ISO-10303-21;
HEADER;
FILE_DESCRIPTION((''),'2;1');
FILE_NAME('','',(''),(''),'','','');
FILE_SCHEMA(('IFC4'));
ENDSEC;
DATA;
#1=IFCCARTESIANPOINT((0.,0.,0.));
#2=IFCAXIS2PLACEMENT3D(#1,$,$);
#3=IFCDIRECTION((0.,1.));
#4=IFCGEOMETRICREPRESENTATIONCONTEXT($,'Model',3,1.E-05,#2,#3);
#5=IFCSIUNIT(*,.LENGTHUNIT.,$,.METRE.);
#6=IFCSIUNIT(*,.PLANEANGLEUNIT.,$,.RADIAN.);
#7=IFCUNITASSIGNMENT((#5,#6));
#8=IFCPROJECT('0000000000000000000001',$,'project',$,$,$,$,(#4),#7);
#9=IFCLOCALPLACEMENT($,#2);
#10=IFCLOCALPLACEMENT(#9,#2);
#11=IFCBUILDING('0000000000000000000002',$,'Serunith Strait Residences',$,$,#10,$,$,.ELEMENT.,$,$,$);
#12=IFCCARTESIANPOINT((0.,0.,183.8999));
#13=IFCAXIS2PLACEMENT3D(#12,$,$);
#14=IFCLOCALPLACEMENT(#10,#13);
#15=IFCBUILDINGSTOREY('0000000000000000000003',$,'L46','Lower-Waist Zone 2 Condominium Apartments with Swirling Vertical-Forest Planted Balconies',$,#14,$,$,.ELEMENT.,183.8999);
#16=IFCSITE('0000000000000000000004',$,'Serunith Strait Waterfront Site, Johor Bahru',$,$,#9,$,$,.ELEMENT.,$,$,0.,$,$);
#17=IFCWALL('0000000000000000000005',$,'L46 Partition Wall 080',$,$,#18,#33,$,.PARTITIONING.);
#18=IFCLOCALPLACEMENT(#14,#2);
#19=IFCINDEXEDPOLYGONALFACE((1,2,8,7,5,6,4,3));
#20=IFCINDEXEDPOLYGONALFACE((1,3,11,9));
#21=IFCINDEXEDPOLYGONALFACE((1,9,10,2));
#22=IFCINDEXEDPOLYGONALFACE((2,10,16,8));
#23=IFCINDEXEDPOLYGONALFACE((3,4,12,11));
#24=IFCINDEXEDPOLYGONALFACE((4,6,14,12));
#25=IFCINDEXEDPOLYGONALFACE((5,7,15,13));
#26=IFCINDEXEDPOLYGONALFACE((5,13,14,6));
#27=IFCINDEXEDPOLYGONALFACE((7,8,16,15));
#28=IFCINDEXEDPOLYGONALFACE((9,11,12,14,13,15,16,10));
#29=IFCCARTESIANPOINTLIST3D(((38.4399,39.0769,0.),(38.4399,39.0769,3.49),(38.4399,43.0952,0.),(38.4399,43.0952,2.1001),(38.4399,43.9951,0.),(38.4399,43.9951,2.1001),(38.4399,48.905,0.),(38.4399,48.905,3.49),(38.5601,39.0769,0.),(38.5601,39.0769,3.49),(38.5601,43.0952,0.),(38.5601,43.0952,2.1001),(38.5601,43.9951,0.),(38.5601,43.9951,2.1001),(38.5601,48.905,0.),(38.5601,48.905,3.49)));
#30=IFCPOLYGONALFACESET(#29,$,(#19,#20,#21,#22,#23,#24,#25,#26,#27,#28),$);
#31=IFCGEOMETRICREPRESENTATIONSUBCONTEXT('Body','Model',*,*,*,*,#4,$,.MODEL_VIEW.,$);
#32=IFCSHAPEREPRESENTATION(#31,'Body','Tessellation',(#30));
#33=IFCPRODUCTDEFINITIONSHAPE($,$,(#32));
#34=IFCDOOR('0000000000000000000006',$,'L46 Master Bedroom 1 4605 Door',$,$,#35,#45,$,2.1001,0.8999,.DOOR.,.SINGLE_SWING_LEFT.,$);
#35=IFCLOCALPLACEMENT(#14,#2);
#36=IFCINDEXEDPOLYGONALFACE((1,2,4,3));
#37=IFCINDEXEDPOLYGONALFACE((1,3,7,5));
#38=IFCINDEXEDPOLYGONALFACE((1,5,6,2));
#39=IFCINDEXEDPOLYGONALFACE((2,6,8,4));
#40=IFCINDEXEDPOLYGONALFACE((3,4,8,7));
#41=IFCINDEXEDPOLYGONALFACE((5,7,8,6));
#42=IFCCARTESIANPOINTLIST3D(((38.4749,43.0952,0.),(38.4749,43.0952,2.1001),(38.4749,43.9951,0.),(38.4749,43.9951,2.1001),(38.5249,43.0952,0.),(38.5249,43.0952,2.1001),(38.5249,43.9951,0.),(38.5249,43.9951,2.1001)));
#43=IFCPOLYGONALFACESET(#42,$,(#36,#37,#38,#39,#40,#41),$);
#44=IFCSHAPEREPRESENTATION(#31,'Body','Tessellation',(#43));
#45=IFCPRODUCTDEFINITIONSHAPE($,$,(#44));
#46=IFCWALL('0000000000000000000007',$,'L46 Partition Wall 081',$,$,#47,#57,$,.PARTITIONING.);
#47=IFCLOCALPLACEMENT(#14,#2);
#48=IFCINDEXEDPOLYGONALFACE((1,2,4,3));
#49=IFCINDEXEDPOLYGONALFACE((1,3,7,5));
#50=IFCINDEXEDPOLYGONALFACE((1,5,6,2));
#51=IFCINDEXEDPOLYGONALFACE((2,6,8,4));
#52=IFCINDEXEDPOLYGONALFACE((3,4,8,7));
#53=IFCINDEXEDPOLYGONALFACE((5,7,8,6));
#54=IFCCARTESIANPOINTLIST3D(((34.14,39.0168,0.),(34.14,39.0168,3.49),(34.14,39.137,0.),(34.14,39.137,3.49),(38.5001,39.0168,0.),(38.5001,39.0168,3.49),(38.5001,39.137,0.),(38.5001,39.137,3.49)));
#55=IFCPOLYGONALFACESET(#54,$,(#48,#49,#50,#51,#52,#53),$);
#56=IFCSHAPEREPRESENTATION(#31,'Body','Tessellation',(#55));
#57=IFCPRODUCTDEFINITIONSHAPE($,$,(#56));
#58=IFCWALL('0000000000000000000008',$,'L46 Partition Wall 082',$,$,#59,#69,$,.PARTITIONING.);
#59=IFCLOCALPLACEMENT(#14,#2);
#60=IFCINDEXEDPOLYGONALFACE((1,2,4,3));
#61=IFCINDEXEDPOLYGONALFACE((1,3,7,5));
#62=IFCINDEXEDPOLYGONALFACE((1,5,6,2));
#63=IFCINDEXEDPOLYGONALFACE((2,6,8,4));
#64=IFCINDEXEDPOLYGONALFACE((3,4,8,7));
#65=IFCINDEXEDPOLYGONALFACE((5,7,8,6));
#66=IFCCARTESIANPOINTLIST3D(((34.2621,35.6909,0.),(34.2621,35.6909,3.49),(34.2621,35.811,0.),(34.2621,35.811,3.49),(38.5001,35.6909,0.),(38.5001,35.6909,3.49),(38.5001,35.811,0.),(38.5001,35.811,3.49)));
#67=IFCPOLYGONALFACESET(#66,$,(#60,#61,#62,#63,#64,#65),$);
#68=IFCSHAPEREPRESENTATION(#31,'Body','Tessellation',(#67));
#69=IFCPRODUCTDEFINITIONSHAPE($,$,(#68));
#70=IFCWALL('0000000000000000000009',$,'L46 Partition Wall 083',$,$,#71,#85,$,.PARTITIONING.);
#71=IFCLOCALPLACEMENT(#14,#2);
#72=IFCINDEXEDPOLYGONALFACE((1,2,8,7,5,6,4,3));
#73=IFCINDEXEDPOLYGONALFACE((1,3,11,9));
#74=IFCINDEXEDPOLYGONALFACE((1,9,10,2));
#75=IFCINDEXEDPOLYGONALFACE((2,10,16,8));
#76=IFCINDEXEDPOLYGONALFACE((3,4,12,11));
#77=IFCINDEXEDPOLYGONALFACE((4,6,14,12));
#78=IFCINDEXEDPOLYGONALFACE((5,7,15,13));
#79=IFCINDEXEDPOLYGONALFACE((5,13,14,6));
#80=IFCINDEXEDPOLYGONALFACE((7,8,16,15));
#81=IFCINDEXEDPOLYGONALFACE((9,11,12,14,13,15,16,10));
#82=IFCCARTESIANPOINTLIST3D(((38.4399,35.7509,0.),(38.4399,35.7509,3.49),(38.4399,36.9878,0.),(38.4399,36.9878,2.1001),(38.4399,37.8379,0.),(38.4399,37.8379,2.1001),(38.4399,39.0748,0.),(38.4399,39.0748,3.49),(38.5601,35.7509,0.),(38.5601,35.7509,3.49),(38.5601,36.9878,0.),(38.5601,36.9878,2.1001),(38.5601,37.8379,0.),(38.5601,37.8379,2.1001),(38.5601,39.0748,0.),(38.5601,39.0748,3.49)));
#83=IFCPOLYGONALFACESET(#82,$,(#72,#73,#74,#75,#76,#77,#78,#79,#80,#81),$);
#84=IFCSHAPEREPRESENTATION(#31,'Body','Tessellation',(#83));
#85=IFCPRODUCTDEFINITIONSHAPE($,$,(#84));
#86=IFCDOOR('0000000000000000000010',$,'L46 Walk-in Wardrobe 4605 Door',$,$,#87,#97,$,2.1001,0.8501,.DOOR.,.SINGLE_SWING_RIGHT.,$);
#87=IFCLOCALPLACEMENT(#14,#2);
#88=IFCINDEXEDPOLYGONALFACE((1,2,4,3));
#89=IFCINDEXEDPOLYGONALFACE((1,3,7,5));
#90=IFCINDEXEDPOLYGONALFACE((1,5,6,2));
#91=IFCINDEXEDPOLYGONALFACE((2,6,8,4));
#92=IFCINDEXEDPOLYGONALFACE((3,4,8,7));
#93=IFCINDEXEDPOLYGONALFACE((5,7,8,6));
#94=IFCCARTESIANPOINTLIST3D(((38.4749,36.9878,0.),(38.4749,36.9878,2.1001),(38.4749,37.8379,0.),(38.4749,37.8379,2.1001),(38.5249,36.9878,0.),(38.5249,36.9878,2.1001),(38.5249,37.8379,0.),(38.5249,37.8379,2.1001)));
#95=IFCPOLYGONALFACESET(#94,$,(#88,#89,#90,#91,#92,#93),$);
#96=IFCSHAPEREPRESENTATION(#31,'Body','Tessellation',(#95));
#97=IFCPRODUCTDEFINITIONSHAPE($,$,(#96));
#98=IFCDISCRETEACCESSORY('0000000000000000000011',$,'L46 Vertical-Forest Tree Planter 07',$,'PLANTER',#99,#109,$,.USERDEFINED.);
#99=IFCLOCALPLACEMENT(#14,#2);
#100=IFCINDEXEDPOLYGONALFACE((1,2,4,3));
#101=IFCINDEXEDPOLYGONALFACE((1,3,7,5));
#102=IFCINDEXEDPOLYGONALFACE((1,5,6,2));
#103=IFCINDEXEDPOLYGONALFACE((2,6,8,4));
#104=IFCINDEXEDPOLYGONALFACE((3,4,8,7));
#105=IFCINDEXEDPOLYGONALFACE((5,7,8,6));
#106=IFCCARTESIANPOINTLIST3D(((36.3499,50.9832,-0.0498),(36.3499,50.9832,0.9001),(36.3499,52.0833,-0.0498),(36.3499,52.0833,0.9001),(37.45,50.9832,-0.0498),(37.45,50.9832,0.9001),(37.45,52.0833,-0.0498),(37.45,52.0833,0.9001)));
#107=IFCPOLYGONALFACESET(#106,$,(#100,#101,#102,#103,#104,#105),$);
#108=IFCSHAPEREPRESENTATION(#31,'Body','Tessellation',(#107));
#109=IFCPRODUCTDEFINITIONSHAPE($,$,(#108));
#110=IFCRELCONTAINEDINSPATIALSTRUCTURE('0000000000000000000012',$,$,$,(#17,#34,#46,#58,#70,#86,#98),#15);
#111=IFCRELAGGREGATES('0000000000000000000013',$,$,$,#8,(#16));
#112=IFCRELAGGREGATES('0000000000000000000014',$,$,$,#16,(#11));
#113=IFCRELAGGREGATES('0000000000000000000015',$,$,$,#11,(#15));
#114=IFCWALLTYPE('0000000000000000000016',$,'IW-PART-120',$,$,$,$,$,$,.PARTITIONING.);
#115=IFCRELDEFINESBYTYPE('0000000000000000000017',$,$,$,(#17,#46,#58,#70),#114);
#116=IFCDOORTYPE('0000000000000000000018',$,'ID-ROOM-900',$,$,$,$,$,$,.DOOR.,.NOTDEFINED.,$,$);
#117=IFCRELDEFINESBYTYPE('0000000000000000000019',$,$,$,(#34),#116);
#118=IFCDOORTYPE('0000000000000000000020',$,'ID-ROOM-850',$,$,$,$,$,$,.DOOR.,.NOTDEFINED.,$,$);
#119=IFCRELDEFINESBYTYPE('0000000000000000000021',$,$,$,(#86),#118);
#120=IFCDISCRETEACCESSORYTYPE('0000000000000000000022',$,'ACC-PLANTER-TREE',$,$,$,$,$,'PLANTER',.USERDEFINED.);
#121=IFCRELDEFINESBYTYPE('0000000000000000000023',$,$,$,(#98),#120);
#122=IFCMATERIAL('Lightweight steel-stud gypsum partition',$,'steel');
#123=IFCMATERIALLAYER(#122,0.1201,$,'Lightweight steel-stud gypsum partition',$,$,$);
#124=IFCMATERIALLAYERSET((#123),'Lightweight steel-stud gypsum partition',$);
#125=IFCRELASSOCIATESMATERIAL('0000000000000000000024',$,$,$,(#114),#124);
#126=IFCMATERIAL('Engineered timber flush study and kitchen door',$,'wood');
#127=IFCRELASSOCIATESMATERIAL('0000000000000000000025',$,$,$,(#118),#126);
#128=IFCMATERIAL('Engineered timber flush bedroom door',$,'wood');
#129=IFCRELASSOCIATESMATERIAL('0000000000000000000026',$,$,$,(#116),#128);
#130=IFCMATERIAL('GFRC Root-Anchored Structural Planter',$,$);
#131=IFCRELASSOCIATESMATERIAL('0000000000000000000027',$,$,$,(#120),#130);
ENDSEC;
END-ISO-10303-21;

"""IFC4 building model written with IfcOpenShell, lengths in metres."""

from ifc_helpers import new_model, si_unit, direction, frame, frame_2d, origin, origin_2d, place, context, subcontext, project, spatial, rectangle, extrude, source, transform, mapped, material, layer, layer_set, type_object, element, fill, save


model = new_model("IFC4")

# Units and contexts
model_context = context("Model", 3, precision=1e-05, world=origin(), true_north=direction((0.0, 1.0)))
body_context = subcontext(model_context, "Body", "Model", "MODEL_VIEW")
ifc_project = project(units=[si_unit("LENGTHUNIT", "METRE"), si_unit("PLANEANGLEUNIT", "RADIAN")], contexts=[model_context])

# Site, building, storey
site_placement = place(None, origin())
site = spatial("IfcSite", under=ifc_project, at=site_placement, Name="Serunith Strait Waterfront Site, Johor Bahru", CompositionType="ELEMENT", RefElevation=0.0)
building_placement = place(site_placement, origin())
building = spatial("IfcBuilding", under=site, at=building_placement, Name="Serunith Strait Residences", CompositionType="ELEMENT")
storey_placement = place(building_placement, frame((0.0, 0.0, 183.8999)))
storey = spatial("IfcBuildingStorey", under=building, at=storey_placement, Name="L46", Description="Lower-Waist Zone 2 Condominium Apartments with Swirling Vertical-Forest Planted Balconies", CompositionType="ELEMENT", Elevation=183.8999)

# Shared definitions
ifc_material_1 = material(Name="Lightweight steel-stud gypsum partition", Category="steel")
ifc_layer_1 = layer(ifc_material_1, 0.1201, Name="Lightweight steel-stud gypsum partition")
ifc_layer_set_1 = layer_set([ifc_layer_1], Name="Lightweight steel-stud gypsum partition")
wall_type_1 = type_object("IfcWallType", Name="IW-PART-120", PredefinedType="PARTITIONING", material=ifc_layer_set_1)
ifc_material_2 = material(Name="Engineered timber flush study and kitchen door", Category="wood")
door_type_1 = type_object("IfcDoorType", Name="ID-ROOM-850", OperationType="NOTDEFINED", PredefinedType="DOOR", material=ifc_material_2)
shared_shape_1 = source(origin(), body_context, "Body", "SweptSolid", [
    extrude(rectangle(XDim=0.8501, YDim=2.1001, at=frame_2d((0.425, 1.05))), frame((0.0, 0.0249, 0.0), z_axis=(0.0, -1.0, 0.0), x_axis=(1.0, 0.0, 0.0)), (0.0, 0.0, 1.0), 0.05),
])

# Wall, opening, door
wall_1_placement = place(storey_placement, frame((38.5, 48.905, 0.0), z_axis=(0.0, 0.0, 1.0), x_axis=(0.0, -1.0, 0.0)))
wall_1 = element("IfcWall", 1, at=wall_1_placement, inside=storey, type_object=wall_type_1, Name="L46 Partition Wall 080", PredefinedType="PARTITIONING", context=body_context, shape_type="SweptSolid", body=[
    extrude(rectangle(XDim=9.8281, YDim=0.1201, at=frame_2d((4.9141, 0.0))), origin(), (0.0, 0.0, 1.0), 3.49),
])
opening_1_placement = place(wall_1_placement, frame((4.9099, 0.0, 0.0)))
opening_1 = element("IfcOpeningElement", 2, at=opening_1_placement, cuts=wall_1, PredefinedType="OPENING", context=body_context, shape_type="SweptSolid", body=[
    extrude(rectangle(XDim=0.8999, YDim=2.1001, at=frame_2d((0.45, 1.05))), frame((0.0, 0.0701, 0.0), z_axis=(0.0, -1.0, 0.0), x_axis=(1.0, 0.0, 0.0)), (0.0, 0.0, 1.0), 0.1401),
])
ifc_material_3 = material(Name="Engineered timber flush bedroom door", Category="wood")
door_type_2 = type_object("IfcDoorType", Name="ID-ROOM-900", OperationType="NOTDEFINED", PredefinedType="DOOR", material=ifc_material_3)
shared_shape_2 = source(origin(), body_context, "Body", "SweptSolid", [
    extrude(rectangle(XDim=0.8999, YDim=2.1001, at=frame_2d((0.45, 1.05))), frame((0.0, 0.0249, 0.0), z_axis=(0.0, -1.0, 0.0), x_axis=(1.0, 0.0, 0.0)), (0.0, 0.0, 1.0), 0.05),
])
door_1_placement = place(opening_1_placement, origin())
door_1 = element("IfcDoor", 3, at=door_1_placement, inside=storey, type_object=door_type_2, Name="L46 Master Bedroom 1 4605 Door", OperationType="SINGLE_SWING_LEFT", OverallHeight=2.1001, OverallWidth=0.8999, PredefinedType="DOOR", context=body_context, shape_type="MappedRepresentation", body=[
    mapped(shared_shape_2, transform((0.0, 0.0, 0.0), scale=1.0)),
])
fill(opening_1, door_1)

# Walls
wall_2_placement = place(storey_placement, frame((34.1399, 39.0769, 0.0), z_axis=(0.0, 0.0, 1.0), x_axis=(1.0, 0.0, 0.0)))
element("IfcWall", 4, at=wall_2_placement, inside=storey, type_object=wall_type_1, Name="L46 Partition Wall 081", PredefinedType="PARTITIONING", context=body_context, shape_type="SweptSolid", body=[
    extrude(rectangle(XDim=4.3601, YDim=0.1201, at=frame_2d((2.1802, 0.0))), origin(), (0.0, 0.0, 1.0), 3.49),
])
wall_3_placement = place(storey_placement, frame((34.262, 35.751, 0.0), z_axis=(0.0, 0.0, 1.0), x_axis=(1.0, 0.0, 0.0)))
element("IfcWall", 5, at=wall_3_placement, inside=storey, type_object=wall_type_1, Name="L46 Partition Wall 082", PredefinedType="PARTITIONING", context=body_context, shape_type="SweptSolid", body=[
    extrude(rectangle(XDim=4.238, YDim=0.1201, at=frame_2d((2.1191, 0.0))), origin(), (0.0, 0.0, 1.0), 3.49),
])

# Wall, opening, door
wall_4_placement = place(storey_placement, frame((38.5, 39.075, 0.0), z_axis=(0.0, 0.0, 1.0), x_axis=(0.0, -1.0, 0.0)))
wall_4 = element("IfcWall", 6, at=wall_4_placement, inside=storey, type_object=wall_type_1, Name="L46 Partition Wall 083", PredefinedType="PARTITIONING", context=body_context, shape_type="SweptSolid", body=[
    extrude(rectangle(XDim=3.324, YDim=0.1201, at=frame_2d((1.6621, 0.0))), origin(), (0.0, 0.0, 1.0), 3.49),
])
opening_2_placement = place(wall_4_placement, frame((1.2371, 0.0, 0.0)))
opening_2 = element("IfcOpeningElement", 7, at=opening_2_placement, cuts=wall_4, PredefinedType="OPENING", context=body_context, shape_type="SweptSolid", body=[
    extrude(rectangle(XDim=0.8501, YDim=2.1001, at=frame_2d((0.425, 1.05))), frame((0.0, 0.0701, 0.0), z_axis=(0.0, -1.0, 0.0), x_axis=(1.0, 0.0, 0.0)), (0.0, 0.0, 1.0), 0.1401),
])
door_2_placement = place(opening_2_placement, origin())
door_2 = element("IfcDoor", 8, at=door_2_placement, inside=storey, type_object=door_type_1, Name="L46 Walk-in Wardrobe 4605 Door", OperationType="SINGLE_SWING_RIGHT", OverallHeight=2.1001, OverallWidth=0.8501, PredefinedType="DOOR", context=body_context, shape_type="MappedRepresentation", body=[
    mapped(shared_shape_1, transform((0.0, 0.0, 0.0), scale=1.0)),
])
fill(opening_2, door_2)

# Discrete accessory
ifc_material_4 = material(Name="GFRC Root-Anchored Structural Planter")
discrete_accessory_type = type_object("IfcDiscreteAccessoryType", Name="ACC-PLANTER-TREE", ElementType="PLANTER", PredefinedType="USERDEFINED", material=ifc_material_4)
shared_shape_3 = source(origin(), body_context, "Body", "SweptSolid", [
    extrude(rectangle(XDim=1.1001, YDim=1.1001, at=origin_2d()), origin(), (0.0, 0.0, 1.0), 0.95),
])
discrete_accessory_placement = place(storey_placement, frame((36.8999, 51.5332, -0.0498), z_axis=(0.0, 0.0, 1.0), x_axis=(-1.0, 0.0, 0.0)))
element("IfcDiscreteAccessory", 9, at=discrete_accessory_placement, inside=storey, type_object=discrete_accessory_type, Name="L46 Vertical-Forest Tree Planter 07", ObjectType="PLANTER", PredefinedType="USERDEFINED", context=body_context, shape_type="MappedRepresentation", body=[
    mapped(shared_shape_3, transform((0.0, 0.0, 0.0), scale=1.0)),
])

save(model, "model.ifc")
